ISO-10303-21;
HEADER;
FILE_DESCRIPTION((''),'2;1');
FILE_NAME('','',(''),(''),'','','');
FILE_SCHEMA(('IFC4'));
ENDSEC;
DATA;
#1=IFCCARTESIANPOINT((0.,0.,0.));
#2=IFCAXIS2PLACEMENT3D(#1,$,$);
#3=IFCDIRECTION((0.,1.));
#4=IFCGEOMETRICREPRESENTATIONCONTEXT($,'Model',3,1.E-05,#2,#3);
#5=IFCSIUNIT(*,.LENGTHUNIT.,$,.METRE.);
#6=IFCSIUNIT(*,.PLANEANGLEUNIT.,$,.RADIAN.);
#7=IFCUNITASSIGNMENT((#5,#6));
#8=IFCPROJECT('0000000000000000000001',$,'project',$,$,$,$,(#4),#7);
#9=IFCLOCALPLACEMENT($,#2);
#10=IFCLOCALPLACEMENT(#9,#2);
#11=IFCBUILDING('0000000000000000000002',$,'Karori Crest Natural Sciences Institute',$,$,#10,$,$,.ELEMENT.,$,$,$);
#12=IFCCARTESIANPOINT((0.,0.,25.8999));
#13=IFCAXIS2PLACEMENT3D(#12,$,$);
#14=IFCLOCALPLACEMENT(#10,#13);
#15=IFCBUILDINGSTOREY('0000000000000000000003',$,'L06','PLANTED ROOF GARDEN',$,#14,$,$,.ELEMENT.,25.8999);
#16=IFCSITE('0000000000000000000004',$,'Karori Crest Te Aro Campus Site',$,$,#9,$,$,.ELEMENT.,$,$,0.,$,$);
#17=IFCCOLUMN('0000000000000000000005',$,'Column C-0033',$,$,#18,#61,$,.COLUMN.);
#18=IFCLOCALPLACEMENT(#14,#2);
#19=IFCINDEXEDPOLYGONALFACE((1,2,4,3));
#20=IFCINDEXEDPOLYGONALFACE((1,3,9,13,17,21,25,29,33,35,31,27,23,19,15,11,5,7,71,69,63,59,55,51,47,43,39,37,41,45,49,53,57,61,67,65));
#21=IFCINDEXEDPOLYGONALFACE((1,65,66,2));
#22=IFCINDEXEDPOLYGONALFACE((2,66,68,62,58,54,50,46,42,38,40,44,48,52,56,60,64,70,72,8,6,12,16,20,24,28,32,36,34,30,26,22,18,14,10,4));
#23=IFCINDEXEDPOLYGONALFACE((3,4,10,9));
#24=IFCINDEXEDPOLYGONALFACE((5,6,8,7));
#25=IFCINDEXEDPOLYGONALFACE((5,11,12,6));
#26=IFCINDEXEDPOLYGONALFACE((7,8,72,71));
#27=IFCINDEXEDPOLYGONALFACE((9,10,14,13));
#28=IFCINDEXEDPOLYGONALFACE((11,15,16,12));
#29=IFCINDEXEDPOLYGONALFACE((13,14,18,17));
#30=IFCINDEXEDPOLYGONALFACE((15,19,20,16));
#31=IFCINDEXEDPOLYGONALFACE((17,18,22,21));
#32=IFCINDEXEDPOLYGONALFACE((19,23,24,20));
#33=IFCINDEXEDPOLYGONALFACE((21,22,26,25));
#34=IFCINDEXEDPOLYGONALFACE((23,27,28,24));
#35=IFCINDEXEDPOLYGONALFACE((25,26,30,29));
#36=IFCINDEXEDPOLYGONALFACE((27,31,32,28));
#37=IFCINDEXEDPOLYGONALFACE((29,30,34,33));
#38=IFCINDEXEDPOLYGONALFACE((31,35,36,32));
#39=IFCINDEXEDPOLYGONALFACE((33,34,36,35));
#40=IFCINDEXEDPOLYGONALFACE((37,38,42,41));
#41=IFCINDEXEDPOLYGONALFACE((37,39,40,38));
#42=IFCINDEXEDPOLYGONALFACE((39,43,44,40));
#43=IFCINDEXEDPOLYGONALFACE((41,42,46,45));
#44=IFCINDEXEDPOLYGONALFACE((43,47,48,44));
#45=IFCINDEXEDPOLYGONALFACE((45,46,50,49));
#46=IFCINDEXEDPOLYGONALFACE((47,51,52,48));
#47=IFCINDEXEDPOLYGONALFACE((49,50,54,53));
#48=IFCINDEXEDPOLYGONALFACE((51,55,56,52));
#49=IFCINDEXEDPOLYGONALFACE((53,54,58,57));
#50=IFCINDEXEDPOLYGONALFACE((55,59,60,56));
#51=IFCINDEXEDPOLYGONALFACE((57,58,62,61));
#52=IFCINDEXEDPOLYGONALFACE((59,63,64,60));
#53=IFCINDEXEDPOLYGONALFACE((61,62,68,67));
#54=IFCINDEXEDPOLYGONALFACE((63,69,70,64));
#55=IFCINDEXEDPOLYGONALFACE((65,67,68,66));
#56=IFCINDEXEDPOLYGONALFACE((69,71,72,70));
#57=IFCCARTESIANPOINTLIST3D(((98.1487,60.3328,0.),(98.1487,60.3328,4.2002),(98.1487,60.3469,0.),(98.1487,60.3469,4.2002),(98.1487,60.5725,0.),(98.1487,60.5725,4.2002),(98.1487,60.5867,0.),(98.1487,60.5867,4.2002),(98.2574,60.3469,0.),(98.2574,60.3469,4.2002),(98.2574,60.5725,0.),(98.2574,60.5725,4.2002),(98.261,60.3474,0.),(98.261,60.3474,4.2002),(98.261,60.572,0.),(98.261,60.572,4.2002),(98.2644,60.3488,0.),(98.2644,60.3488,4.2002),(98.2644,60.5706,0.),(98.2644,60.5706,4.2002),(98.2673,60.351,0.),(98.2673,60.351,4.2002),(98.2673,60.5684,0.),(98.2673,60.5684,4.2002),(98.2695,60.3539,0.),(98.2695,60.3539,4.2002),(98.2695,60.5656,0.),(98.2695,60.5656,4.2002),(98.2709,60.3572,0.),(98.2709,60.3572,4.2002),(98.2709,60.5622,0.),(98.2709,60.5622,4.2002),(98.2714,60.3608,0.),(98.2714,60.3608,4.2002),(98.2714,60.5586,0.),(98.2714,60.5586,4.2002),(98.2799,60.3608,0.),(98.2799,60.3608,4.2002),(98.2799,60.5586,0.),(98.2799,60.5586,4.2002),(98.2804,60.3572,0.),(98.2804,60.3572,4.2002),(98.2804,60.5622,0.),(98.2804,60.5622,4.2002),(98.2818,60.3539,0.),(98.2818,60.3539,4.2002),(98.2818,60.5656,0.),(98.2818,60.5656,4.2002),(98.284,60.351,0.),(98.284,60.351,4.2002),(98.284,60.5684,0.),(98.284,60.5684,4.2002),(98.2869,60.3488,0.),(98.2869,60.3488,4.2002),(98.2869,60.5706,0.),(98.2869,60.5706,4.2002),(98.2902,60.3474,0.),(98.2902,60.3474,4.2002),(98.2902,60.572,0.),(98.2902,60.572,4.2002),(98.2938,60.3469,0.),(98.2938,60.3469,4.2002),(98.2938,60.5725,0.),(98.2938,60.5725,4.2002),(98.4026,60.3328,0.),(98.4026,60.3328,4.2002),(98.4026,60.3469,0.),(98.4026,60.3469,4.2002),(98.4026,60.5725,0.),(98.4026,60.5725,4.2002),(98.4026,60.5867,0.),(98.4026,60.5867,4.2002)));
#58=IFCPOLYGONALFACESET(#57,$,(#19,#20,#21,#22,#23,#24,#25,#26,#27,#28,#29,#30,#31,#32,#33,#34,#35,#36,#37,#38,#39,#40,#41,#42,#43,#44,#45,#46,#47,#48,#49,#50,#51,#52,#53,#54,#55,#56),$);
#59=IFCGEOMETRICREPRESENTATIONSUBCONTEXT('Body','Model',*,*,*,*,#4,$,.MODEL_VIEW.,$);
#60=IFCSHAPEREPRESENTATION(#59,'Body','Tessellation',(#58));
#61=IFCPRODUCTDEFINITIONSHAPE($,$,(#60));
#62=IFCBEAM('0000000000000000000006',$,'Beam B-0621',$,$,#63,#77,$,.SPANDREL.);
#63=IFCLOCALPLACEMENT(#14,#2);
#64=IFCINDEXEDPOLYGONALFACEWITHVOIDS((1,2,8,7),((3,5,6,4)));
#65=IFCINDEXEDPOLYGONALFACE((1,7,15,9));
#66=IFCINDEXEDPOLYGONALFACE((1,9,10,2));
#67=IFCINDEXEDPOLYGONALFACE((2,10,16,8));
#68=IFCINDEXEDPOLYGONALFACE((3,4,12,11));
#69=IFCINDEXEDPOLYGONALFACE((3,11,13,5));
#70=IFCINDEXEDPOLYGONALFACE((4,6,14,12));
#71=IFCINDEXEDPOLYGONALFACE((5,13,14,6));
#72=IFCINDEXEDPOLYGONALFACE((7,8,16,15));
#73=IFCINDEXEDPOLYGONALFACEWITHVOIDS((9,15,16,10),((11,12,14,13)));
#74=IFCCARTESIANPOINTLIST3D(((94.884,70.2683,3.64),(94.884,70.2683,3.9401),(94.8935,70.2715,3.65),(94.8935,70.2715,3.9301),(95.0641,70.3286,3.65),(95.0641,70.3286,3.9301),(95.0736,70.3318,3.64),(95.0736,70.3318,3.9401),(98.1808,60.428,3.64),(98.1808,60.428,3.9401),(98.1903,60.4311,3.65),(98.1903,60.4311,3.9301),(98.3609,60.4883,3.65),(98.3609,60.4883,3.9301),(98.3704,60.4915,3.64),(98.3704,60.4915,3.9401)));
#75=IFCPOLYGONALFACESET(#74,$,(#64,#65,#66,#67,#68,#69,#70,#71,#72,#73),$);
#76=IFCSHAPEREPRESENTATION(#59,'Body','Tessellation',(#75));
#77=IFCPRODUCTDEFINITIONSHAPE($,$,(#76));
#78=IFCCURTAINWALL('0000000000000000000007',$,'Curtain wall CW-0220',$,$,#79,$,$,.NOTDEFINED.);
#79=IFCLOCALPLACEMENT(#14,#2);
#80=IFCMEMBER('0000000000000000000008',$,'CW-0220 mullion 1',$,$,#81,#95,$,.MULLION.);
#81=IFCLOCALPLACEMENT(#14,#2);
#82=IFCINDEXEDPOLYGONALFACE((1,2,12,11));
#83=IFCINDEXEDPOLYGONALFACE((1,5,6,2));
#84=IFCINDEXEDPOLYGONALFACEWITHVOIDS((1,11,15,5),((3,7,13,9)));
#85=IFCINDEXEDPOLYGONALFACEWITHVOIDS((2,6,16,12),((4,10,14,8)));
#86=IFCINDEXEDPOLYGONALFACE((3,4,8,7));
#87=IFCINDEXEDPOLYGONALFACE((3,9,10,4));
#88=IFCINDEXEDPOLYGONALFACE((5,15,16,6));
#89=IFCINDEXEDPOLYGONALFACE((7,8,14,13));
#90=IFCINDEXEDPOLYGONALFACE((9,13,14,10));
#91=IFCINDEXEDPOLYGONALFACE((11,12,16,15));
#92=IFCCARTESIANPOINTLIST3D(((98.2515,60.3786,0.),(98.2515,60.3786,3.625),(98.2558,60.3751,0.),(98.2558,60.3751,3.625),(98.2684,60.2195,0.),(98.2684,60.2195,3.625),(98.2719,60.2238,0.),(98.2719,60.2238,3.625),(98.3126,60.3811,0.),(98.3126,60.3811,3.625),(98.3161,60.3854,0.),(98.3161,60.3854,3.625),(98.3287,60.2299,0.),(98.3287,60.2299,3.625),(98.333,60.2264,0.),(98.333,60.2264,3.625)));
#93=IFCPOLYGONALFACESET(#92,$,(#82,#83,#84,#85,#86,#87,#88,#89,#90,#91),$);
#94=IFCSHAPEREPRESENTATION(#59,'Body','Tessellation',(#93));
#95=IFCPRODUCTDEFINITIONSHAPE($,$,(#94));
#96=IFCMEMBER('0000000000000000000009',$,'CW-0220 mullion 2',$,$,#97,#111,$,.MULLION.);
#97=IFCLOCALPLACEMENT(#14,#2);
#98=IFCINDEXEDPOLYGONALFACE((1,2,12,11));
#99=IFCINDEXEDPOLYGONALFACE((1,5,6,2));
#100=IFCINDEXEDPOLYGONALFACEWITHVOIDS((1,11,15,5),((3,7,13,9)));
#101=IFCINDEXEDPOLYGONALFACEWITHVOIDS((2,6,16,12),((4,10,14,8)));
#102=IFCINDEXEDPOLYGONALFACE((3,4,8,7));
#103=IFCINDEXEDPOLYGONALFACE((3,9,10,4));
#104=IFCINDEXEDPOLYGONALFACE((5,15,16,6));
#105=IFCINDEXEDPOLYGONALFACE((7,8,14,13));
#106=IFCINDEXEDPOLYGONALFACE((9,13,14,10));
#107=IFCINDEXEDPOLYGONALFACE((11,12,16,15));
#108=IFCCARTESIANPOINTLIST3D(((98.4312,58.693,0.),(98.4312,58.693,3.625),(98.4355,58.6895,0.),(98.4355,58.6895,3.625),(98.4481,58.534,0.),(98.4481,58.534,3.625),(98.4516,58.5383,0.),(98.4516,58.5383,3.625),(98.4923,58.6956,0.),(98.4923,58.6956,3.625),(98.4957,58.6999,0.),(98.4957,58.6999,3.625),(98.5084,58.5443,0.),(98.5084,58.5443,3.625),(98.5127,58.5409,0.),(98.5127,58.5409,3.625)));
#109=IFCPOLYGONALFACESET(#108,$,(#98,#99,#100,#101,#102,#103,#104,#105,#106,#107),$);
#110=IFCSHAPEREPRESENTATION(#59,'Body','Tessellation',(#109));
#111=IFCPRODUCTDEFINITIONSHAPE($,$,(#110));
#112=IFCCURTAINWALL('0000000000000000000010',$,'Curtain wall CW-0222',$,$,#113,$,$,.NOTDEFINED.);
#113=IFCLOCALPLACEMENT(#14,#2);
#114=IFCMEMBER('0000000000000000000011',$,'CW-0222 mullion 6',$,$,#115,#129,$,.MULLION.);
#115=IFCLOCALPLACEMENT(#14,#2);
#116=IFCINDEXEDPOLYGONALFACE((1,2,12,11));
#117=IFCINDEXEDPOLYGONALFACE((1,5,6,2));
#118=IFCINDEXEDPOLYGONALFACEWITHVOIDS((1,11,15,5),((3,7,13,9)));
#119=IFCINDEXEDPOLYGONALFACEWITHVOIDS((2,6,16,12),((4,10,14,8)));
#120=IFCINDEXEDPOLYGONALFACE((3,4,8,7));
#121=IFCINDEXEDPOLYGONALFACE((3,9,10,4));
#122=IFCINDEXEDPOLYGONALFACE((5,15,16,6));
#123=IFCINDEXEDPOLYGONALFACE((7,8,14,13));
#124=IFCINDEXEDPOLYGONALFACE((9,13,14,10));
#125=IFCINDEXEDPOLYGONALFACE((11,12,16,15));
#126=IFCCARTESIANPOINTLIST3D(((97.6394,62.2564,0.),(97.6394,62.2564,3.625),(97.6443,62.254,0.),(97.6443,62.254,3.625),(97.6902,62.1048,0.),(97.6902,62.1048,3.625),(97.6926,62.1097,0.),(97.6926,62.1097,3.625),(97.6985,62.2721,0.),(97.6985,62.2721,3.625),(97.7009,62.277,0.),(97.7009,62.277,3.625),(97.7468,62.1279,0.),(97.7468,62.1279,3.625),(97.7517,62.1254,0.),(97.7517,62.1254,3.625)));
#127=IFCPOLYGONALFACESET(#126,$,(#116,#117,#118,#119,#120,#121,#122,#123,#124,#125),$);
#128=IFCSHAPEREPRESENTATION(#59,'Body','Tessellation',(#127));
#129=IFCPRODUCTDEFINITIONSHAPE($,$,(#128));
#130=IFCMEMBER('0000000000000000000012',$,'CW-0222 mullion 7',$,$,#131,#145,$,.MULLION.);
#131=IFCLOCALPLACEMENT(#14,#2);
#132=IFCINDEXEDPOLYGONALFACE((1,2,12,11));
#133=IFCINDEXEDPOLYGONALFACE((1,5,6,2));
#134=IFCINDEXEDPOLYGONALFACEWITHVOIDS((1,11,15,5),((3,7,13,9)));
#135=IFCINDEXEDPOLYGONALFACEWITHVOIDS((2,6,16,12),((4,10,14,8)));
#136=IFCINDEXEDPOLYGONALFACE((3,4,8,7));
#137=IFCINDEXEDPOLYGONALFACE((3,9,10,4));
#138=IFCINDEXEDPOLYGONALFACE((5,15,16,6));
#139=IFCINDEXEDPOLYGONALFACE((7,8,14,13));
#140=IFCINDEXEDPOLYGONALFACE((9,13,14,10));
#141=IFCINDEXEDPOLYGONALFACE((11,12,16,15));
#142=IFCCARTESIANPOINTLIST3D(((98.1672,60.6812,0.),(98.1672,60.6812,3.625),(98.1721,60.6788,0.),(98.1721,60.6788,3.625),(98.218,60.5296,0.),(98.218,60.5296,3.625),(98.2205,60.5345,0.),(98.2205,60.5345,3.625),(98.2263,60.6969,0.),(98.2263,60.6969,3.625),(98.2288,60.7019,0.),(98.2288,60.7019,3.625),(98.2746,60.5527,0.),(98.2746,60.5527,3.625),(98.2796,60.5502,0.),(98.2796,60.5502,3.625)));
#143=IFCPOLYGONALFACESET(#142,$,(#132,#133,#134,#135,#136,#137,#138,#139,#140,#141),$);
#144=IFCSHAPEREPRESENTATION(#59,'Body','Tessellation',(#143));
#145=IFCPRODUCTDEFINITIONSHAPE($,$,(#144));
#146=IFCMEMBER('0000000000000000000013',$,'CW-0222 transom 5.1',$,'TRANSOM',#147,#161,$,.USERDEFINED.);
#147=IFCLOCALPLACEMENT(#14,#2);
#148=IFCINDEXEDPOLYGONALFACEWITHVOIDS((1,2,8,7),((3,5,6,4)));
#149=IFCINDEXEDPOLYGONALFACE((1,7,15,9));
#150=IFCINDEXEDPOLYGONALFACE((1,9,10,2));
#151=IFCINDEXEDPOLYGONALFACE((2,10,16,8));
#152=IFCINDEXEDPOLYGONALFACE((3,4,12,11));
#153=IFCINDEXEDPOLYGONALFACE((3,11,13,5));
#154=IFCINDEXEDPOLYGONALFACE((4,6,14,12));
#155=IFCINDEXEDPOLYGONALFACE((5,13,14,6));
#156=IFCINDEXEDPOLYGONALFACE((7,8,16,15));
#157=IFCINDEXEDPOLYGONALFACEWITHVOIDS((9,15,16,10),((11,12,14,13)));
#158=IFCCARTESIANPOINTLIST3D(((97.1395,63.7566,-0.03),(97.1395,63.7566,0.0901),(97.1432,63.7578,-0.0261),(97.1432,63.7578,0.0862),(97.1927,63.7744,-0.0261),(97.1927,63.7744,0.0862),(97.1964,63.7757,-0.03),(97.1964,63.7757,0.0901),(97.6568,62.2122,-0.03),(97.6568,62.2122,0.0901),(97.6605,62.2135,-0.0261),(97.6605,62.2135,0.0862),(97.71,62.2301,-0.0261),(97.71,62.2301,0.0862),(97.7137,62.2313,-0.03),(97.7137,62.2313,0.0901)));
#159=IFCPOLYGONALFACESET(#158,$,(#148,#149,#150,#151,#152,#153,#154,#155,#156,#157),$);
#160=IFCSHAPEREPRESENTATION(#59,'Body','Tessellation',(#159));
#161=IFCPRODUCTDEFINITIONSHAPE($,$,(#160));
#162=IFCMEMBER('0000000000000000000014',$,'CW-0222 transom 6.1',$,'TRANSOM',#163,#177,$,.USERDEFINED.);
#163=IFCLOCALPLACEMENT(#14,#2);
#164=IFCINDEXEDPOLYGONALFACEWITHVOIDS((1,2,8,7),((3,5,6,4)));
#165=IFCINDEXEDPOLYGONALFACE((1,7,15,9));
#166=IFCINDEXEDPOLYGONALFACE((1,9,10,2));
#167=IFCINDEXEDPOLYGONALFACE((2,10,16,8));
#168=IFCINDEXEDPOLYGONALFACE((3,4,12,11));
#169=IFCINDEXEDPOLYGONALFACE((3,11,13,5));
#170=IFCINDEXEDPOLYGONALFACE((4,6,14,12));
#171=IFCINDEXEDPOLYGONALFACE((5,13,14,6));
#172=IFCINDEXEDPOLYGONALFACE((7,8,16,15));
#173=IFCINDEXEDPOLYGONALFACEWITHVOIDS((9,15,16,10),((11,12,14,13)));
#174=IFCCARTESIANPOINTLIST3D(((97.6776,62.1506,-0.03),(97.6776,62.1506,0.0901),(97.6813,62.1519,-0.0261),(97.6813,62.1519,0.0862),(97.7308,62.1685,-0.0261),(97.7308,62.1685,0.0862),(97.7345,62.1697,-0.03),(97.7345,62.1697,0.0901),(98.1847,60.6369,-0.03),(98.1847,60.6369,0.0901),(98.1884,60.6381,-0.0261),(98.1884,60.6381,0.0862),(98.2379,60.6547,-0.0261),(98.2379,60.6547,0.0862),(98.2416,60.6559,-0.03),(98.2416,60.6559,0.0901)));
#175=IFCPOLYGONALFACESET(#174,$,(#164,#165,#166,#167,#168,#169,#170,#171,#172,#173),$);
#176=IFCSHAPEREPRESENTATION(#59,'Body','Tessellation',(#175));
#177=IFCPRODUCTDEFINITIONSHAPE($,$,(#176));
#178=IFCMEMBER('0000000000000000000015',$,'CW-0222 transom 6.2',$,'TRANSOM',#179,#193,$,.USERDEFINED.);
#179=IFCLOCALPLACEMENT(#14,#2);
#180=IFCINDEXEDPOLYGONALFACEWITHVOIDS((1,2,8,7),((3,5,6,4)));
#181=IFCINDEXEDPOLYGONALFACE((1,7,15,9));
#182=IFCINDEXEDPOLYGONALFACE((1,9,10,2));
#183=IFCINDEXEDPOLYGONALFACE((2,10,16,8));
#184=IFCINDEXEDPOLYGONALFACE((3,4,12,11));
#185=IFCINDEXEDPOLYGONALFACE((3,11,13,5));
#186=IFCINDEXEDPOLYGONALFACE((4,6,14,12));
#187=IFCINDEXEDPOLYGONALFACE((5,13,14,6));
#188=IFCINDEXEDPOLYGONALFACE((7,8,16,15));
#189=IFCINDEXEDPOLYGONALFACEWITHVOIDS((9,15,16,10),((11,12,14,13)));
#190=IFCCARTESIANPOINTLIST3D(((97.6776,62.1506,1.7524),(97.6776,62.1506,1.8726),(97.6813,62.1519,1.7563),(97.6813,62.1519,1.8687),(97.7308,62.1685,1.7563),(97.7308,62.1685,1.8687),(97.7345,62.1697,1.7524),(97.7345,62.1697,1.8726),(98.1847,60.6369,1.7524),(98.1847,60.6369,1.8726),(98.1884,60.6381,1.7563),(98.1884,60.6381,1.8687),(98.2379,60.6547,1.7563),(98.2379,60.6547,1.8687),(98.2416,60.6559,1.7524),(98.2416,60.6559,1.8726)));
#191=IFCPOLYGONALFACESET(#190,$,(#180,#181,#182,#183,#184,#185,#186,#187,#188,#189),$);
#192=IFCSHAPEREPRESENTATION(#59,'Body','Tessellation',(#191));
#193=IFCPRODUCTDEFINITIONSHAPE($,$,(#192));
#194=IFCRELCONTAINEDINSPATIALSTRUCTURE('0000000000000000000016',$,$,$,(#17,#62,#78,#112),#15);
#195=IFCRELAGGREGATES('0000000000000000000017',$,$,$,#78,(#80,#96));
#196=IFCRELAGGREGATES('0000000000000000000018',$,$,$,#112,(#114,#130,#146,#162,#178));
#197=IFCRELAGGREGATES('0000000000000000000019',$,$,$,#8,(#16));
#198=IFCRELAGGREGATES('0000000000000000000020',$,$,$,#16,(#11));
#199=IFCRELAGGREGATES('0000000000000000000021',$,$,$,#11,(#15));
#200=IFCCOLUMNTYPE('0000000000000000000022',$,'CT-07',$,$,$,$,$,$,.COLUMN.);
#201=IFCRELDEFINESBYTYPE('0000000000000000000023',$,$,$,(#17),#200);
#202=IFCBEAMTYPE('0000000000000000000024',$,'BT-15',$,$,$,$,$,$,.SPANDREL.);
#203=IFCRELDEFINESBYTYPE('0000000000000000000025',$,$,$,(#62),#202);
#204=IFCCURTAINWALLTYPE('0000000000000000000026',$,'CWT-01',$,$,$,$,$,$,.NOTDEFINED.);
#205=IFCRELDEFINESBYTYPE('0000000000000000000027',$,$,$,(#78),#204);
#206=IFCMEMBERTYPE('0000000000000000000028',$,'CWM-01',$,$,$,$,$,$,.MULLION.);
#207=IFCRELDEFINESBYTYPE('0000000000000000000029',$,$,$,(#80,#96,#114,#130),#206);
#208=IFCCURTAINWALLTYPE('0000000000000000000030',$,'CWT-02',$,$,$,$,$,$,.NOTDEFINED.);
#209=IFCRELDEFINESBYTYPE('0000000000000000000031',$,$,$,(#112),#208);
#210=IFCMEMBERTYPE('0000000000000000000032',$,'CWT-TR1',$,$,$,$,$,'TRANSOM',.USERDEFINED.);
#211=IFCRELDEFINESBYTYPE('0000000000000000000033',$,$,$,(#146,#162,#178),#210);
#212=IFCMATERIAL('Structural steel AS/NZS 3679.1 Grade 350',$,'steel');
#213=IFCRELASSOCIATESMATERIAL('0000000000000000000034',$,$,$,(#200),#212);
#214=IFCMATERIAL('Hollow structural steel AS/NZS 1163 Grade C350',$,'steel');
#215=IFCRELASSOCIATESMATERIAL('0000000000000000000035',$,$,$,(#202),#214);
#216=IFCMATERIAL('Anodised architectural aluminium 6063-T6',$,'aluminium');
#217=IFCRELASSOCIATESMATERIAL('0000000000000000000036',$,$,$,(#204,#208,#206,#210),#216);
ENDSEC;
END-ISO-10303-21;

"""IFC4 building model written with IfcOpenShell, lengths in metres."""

from ifc_helpers import new_model, si_unit, direction, frame, origin, origin_2d, place, context, subcontext, project, spatial, hollow_rectangle, i_section, extrude, material, material_profile, profile_set, type_object, element, aggregate, save


model = new_model("IFC4")

# Units and contexts
model_context = context("Model", 3, precision=1e-05, world=origin(), true_north=direction((0.0, 1.0)))
body_context = subcontext(model_context, "Body", "Model", "MODEL_VIEW")
ifc_project = project(units=[si_unit("LENGTHUNIT", "METRE"), si_unit("PLANEANGLEUNIT", "RADIAN")], contexts=[model_context])

# Site, building, storey
site_placement = place(None, origin())
site = spatial("IfcSite", under=ifc_project, at=site_placement, Name="Karori Crest Te Aro Campus Site", CompositionType="ELEMENT", RefElevation=0.0)
building_placement = place(site_placement, origin())
building = spatial("IfcBuilding", under=site, at=building_placement, Name="Karori Crest Natural Sciences Institute", CompositionType="ELEMENT")
storey_placement = place(building_placement, frame((0.0, 0.0, 25.8999)))
storey = spatial("IfcBuildingStorey", under=building, at=storey_placement, Name="L06", Description="PLANTED ROOF GARDEN", CompositionType="ELEMENT", Elevation=25.8999)

# Column
ifc_material_1 = material(Name="Structural steel AS/NZS 3679.1 Grade 350", Category="steel")
ifc_material_profile_1 = material_profile(ifc_material_1, i_section(OverallWidth=0.2539, OverallDepth=0.2539, WebThickness=0.0085, FlangeThickness=0.0142, FilletRadius=0.0139, at=origin_2d()), Name="250UC72.9")
ifc_profile_set_1 = profile_set([ifc_material_profile_1], Name="Structural steel AS/NZS 3679.1 Grade 350")
column_type = type_object("IfcColumnType", Name="CT-07", PredefinedType="COLUMN", material=ifc_profile_set_1)
column_placement = place(storey_placement, frame((98.2756, 60.4597, 0.0), z_axis=(0.0, 0.0, 1.0), x_axis=(1.0, 0.0, 0.0)))
element("IfcColumn", 1, at=column_placement, inside=storey, type_object=column_type, Name="Column C-0033", PredefinedType="COLUMN", context=body_context, shape_type="SweptSolid", body=[
    extrude(i_section(OverallWidth=0.2539, OverallDepth=0.2539, WebThickness=0.0085, FlangeThickness=0.0142, FilletRadius=0.0139, at=origin_2d()), origin(), (0.0, 0.0, 1.0), 4.2002),
])

# Beam
ifc_material_2 = material(Name="Hollow structural steel AS/NZS 1163 Grade C350", Category="steel")
ifc_material_profile_2 = material_profile(ifc_material_2, hollow_rectangle(XDim=0.2, YDim=0.3, WallThickness=0.01, at=origin_2d()), Name="RHS300x200x10")
ifc_profile_set_2 = profile_set([ifc_material_profile_2], Name="Hollow structural steel AS/NZS 1163 Grade C350")
beam_type = type_object("IfcBeamType", Name="BT-15", PredefinedType="SPANDREL", material=ifc_profile_set_2)
beam_placement = place(storey_placement, frame((98.2756, 60.4597, 3.79), z_axis=(-0.317681, 0.948198, 0.0), x_axis=(-0.948198, -0.317681, 0.0)))
element("IfcBeam", 2, at=beam_placement, inside=storey, type_object=beam_type, Name="Beam B-0621", PredefinedType="SPANDREL", context=body_context, shape_type="SweptSolid", body=[
    extrude(hollow_rectangle(XDim=0.2, YDim=0.3, WallThickness=0.01, at=origin_2d()), origin(), (0.0, 0.0, 1.0), 10.3779),
])

# Curtain walls, members
ifc_material_3 = material(Name="Anodised architectural aluminium 6063-T6", Category="aluminium")
curtain_wall_type_1 = type_object("IfcCurtainWallType", Name="CWT-01", PredefinedType="NOTDEFINED", material=ifc_material_3)
curtain_wall_1_placement = place(storey_placement, origin())
curtain_wall_1 = element("IfcCurtainWall", 3, at=curtain_wall_1_placement, inside=storey, type_object=curtain_wall_type_1, Name="Curtain wall CW-0220", PredefinedType="NOTDEFINED")
ifc_material_profile_3 = material_profile(ifc_material_3, hollow_rectangle(XDim=0.0649, YDim=0.1599, WallThickness=0.0039, at=origin_2d()), Name="CWM160x65x4")
ifc_profile_set_3 = profile_set([ifc_material_profile_3], Name="Anodised architectural aluminium 6063-T6")
member_type_1 = type_object("IfcMemberType", Name="CWM-01", PredefinedType="MULLION", material=ifc_profile_set_3)
member_1_placement = place(storey_placement, frame((98.2922, 60.3025, 0.0), z_axis=(0.0, 0.0, 1.0), x_axis=(0.994378, 0.105884, 0.0)))
member_1 = element("IfcMember", 4, at=member_1_placement, type_object=member_type_1, Name="CW-0220 mullion 1", PredefinedType="MULLION", context=body_context, shape_type="SweptSolid", body=[
    extrude(hollow_rectangle(XDim=0.0649, YDim=0.1599, WallThickness=0.0039, at=origin_2d()), origin(), (0.0, 0.0, 1.0), 3.625),
])
member_2_placement = place(storey_placement, frame((98.4719, 58.6169, 0.0), z_axis=(0.0, 0.0, 1.0), x_axis=(0.994378, 0.105884, 0.0)))
member_2 = element("IfcMember", 5, at=member_2_placement, type_object=member_type_1, Name="CW-0220 mullion 2", PredefinedType="MULLION", context=body_context, shape_type="SweptSolid", body=[
    extrude(hollow_rectangle(XDim=0.0649, YDim=0.1599, WallThickness=0.0039, at=origin_2d()), origin(), (0.0, 0.0, 1.0), 3.625),
])
curtain_wall_type_2 = type_object("IfcCurtainWallType", Name="CWT-02", PredefinedType="NOTDEFINED", material=ifc_material_3)
curtain_wall_2_placement = place(storey_placement, origin())
curtain_wall_2 = element("IfcCurtainWall", 6, at=curtain_wall_2_placement, inside=storey, type_object=curtain_wall_type_2, Name="Curtain wall CW-0222", PredefinedType="NOTDEFINED")
member_3_placement = place(storey_placement, frame((97.6956, 62.1909, 0.0), z_axis=(0.0, 0.0, 1.0), x_axis=(0.948198, 0.31768, 0.0)))
member_3 = element("IfcMember", 7, at=member_3_placement, type_object=member_type_1, Name="CW-0222 mullion 6", PredefinedType="MULLION", context=body_context, shape_type="SweptSolid", body=[
    extrude(hollow_rectangle(XDim=0.0649, YDim=0.1599, WallThickness=0.0039, at=origin_2d()), origin(), (0.0, 0.0, 1.0), 3.625),
])
member_4_placement = place(storey_placement, frame((98.2234, 60.6157, 0.0), z_axis=(0.0, 0.0, 1.0), x_axis=(0.948198, 0.31768, 0.0)))
member_4 = element("IfcMember", 8, at=member_4_placement, type_object=member_type_1, Name="CW-0222 mullion 7", PredefinedType="MULLION", context=body_context, shape_type="SweptSolid", body=[
    extrude(hollow_rectangle(XDim=0.0649, YDim=0.1599, WallThickness=0.0039, at=origin_2d()), origin(), (0.0, 0.0, 1.0), 3.625),
])
ifc_material_profile_4 = material_profile(ifc_material_3, hollow_rectangle(XDim=0.0601, YDim=0.1201, WallThickness=0.0039, at=origin_2d()), Name="CWT120x60x4")
ifc_profile_set_4 = profile_set([ifc_material_profile_4], Name="Anodised architectural aluminium 6063-T6")
member_type_2 = type_object("IfcMemberType", Name="CWT-TR1", ElementType="TRANSOM", PredefinedType="USERDEFINED", material=ifc_profile_set_4)
member_5_placement = place(storey_placement, frame((97.168, 63.7661, 0.03), z_axis=(0.317621, -0.948218, 0.0), x_axis=(0.948218, 0.317621, 0.0)))
member_5 = element("IfcMember", 9, at=member_5_placement, type_object=member_type_2, Name="CW-0222 transom 5.1", ObjectType="TRANSOM", PredefinedType="USERDEFINED", context=body_context, shape_type="SweptSolid", body=[
    extrude(hollow_rectangle(XDim=0.0601, YDim=0.1201, WallThickness=0.0039, at=origin_2d()), origin(), (0.0, 0.0, 1.0), 1.6287),
])
member_6_placement = place(storey_placement, frame((97.7061, 62.1602, 0.03), z_axis=(0.31765, -0.948208, 0.0), x_axis=(0.948208, 0.31765, 0.0)))
member_6 = element("IfcMember", 10, at=member_6_placement, type_object=member_type_2, Name="CW-0222 transom 6.1", ObjectType="TRANSOM", PredefinedType="USERDEFINED", context=body_context, shape_type="SweptSolid", body=[
    extrude(hollow_rectangle(XDim=0.0601, YDim=0.1201, WallThickness=0.0039, at=origin_2d()), origin(), (0.0, 0.0, 1.0), 1.5964),
])
member_7_placement = place(storey_placement, frame((97.7061, 62.1602, 1.8125), z_axis=(0.31765, -0.948208, 0.0), x_axis=(0.948208, 0.31765, 0.0)))
member_7 = element("IfcMember", 11, at=member_7_placement, type_object=member_type_2, Name="CW-0222 transom 6.2", ObjectType="TRANSOM", PredefinedType="USERDEFINED", context=body_context, shape_type="SweptSolid", body=[
    extrude(hollow_rectangle(XDim=0.0601, YDim=0.1201, WallThickness=0.0039, at=origin_2d()), origin(), (0.0, 0.0, 1.0), 1.5964),
])

aggregate(curtain_wall_1, [member_1, member_2])
aggregate(curtain_wall_2, [member_3, member_4, member_5, member_6, member_7])

save(model, "model.ifc")
